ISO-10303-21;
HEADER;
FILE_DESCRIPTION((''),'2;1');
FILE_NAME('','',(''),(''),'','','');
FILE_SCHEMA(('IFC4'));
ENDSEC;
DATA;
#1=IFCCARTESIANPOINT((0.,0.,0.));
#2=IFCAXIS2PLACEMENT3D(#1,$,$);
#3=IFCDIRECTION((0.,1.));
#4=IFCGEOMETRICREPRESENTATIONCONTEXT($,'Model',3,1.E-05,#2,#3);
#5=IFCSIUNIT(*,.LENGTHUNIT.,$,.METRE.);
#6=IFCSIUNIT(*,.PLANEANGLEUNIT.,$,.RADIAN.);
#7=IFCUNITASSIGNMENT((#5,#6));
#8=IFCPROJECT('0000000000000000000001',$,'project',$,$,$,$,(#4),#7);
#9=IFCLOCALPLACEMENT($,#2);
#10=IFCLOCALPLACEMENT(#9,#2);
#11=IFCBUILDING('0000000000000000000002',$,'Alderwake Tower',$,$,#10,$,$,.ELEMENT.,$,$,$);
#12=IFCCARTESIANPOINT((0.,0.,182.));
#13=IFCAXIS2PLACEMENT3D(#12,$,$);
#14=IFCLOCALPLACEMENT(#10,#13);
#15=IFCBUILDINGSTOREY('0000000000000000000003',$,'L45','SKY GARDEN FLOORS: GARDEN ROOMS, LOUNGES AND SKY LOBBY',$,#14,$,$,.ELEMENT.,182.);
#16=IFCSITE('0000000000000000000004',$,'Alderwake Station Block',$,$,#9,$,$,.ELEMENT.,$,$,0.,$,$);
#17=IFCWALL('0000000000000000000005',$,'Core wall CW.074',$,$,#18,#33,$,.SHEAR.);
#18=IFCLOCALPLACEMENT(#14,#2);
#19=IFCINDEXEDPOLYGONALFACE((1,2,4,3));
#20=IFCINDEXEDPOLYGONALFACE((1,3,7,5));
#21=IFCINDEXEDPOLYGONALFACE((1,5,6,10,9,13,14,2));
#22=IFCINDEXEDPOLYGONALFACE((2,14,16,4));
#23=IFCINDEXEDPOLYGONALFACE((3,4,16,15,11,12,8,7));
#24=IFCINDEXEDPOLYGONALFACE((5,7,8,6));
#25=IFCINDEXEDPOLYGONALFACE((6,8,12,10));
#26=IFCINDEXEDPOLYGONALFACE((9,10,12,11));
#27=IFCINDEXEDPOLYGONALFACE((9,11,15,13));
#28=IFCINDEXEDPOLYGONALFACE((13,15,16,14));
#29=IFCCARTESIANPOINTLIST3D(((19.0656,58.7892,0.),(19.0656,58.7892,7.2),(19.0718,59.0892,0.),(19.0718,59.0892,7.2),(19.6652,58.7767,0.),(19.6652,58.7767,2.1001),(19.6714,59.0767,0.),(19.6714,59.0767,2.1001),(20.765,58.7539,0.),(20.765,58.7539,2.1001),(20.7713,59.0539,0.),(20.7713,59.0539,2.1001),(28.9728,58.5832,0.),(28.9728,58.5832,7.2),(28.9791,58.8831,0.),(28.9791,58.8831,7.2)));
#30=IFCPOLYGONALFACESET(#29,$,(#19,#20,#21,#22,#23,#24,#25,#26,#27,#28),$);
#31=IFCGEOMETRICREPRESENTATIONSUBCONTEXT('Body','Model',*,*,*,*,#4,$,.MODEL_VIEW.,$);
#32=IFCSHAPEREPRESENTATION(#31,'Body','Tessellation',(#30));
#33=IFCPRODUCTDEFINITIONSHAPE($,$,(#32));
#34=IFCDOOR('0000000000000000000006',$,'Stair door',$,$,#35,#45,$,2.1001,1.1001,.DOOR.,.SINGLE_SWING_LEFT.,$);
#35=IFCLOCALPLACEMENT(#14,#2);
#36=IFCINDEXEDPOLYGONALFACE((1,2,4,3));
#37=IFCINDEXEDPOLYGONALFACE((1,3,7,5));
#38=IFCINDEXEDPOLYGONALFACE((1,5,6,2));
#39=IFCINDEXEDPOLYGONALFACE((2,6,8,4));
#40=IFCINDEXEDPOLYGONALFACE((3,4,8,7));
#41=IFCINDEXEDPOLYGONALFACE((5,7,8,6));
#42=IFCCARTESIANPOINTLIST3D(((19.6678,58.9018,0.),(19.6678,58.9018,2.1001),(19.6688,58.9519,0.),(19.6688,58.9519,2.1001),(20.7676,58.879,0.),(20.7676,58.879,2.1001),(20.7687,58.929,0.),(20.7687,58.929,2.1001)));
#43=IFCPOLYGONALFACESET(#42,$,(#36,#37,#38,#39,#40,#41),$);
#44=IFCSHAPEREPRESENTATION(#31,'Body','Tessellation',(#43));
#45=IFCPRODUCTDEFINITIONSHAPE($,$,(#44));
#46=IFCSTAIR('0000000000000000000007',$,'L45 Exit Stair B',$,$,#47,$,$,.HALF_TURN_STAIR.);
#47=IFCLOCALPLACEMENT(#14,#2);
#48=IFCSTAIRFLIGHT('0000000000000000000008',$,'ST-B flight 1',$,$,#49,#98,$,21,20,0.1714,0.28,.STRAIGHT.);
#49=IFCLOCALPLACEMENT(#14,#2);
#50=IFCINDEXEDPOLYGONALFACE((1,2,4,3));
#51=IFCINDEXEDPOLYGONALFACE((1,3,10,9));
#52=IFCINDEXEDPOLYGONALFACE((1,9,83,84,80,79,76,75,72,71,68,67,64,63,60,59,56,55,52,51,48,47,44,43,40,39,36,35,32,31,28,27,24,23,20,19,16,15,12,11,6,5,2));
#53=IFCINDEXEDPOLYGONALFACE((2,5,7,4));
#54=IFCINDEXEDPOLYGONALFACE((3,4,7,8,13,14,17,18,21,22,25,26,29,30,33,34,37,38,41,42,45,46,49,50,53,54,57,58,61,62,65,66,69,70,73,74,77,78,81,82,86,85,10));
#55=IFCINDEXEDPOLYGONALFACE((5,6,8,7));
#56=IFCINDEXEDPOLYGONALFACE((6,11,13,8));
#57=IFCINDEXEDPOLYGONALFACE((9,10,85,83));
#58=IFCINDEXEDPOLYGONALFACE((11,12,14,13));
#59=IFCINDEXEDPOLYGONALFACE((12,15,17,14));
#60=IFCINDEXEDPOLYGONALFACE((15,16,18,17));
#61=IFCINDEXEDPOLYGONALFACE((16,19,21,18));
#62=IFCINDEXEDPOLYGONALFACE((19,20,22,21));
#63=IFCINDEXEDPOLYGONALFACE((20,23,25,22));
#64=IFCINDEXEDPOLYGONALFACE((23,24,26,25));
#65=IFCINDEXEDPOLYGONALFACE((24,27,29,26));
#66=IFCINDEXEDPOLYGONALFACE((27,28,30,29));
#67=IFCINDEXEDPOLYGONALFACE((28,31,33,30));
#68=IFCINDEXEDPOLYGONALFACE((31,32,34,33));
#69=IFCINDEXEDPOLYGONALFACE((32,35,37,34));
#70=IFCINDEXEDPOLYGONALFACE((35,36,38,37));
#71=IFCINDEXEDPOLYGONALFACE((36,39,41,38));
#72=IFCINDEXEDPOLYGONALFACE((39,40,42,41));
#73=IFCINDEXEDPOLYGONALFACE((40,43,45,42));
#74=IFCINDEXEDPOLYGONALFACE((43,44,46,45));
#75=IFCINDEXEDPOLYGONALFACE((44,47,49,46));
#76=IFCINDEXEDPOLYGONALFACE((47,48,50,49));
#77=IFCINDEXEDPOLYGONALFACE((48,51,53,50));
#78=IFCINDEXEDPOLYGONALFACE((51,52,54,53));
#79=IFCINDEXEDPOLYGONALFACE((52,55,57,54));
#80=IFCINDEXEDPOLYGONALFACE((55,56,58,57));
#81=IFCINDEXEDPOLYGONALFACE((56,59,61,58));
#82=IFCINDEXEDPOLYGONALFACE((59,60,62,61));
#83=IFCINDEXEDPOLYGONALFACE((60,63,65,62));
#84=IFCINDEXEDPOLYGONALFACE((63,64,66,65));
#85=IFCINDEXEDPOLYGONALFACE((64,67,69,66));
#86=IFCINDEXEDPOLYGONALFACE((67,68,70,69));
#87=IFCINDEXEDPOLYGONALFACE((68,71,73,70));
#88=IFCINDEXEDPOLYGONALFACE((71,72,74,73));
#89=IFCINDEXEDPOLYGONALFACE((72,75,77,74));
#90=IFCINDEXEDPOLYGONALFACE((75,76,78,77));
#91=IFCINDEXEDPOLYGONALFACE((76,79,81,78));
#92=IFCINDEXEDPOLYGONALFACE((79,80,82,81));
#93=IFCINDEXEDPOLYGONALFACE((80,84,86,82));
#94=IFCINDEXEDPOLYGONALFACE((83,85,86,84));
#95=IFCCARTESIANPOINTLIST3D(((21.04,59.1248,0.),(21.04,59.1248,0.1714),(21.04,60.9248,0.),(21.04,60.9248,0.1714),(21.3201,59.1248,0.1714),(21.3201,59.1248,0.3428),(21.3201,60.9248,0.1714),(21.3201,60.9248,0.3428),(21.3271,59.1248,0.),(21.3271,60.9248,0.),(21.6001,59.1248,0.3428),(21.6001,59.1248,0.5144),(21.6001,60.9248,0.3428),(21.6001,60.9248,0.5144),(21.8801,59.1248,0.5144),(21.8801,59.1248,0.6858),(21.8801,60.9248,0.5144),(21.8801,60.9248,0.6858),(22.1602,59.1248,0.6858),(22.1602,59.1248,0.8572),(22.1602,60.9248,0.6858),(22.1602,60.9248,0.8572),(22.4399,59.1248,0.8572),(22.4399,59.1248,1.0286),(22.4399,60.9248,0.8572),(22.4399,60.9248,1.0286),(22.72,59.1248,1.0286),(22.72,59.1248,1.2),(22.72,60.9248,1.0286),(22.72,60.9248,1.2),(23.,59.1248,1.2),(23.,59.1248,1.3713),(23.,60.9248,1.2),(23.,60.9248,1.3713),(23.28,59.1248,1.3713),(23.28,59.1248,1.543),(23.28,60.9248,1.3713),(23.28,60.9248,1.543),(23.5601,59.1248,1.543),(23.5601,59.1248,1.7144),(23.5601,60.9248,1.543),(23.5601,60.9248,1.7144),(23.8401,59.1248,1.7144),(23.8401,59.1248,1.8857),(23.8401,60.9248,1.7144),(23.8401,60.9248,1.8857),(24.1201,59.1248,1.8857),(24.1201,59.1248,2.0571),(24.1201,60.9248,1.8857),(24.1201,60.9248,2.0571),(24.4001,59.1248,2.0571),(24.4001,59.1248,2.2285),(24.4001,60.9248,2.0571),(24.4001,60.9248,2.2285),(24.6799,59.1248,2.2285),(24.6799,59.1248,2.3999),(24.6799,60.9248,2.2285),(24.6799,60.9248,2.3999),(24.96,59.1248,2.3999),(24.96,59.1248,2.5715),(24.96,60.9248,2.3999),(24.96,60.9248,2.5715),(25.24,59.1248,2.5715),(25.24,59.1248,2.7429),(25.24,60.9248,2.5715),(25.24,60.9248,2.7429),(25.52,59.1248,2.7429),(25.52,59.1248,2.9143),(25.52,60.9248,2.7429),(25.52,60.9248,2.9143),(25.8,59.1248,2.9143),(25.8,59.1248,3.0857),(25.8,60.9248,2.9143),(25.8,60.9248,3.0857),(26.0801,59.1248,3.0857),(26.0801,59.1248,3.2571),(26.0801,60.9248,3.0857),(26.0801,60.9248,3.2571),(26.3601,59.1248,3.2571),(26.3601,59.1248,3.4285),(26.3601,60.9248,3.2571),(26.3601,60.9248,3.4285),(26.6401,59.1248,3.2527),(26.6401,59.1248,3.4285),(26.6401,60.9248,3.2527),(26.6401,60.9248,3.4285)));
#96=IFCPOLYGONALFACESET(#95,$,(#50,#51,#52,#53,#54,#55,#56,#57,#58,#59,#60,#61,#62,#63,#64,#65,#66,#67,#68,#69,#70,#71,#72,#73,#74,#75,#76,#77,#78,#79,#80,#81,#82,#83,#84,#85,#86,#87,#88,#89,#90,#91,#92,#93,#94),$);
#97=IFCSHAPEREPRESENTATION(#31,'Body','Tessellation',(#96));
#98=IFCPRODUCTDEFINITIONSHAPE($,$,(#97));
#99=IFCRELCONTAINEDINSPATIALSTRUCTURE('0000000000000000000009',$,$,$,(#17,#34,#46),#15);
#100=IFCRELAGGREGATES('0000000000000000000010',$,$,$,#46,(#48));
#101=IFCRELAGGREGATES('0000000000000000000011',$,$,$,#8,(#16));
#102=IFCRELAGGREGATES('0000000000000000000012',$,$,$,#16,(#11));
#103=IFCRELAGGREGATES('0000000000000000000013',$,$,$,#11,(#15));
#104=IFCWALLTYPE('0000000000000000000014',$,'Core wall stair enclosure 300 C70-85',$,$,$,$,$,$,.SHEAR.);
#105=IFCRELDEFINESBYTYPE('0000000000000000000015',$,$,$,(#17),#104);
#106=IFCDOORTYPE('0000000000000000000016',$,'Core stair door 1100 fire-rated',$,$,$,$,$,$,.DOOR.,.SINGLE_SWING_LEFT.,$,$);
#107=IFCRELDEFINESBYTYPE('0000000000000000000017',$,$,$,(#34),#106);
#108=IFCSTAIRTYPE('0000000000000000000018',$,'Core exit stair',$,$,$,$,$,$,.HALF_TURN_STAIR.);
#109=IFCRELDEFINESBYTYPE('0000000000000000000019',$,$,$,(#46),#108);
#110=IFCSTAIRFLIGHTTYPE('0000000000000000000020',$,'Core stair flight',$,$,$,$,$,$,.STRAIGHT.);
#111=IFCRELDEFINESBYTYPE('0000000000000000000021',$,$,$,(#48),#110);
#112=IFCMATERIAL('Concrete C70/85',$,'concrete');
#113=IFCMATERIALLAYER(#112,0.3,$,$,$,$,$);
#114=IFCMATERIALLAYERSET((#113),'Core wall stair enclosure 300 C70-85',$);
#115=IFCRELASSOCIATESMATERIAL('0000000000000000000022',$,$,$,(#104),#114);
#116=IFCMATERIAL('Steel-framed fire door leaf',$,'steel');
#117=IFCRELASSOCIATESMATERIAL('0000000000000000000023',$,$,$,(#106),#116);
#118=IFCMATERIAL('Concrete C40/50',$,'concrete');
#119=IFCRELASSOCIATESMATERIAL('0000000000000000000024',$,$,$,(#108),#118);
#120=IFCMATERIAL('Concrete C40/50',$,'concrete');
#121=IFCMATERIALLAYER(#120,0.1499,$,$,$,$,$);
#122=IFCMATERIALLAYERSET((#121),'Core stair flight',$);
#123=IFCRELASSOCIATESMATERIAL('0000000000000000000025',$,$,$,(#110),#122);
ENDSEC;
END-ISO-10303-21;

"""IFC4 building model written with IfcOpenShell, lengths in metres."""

from ifc_helpers import new_model, si_unit, direction, frame, frame_2d, origin, place, context, subcontext, project, spatial, polyline, rectangle, outline, extrude, material, layer, layer_set, type_object, element, fill, aggregate, save


model = new_model("IFC4")

# Units and contexts
model_context = context("Model", 3, precision=1e-05, world=origin(), true_north=direction((0.0, 1.0)))
body_context = subcontext(model_context, "Body", "Model", "MODEL_VIEW")
ifc_project = project(units=[si_unit("LENGTHUNIT", "METRE"), si_unit("PLANEANGLEUNIT", "RADIAN")], contexts=[model_context])

# Site, building, storey
site_placement = place(None, origin())
site = spatial("IfcSite", under=ifc_project, at=site_placement, Name="Alderwake Station Block", CompositionType="ELEMENT", RefElevation=0.0)
building_placement = place(site_placement, origin())
building = spatial("IfcBuilding", under=site, at=building_placement, Name="Alderwake Tower", CompositionType="ELEMENT")
storey_placement = place(building_placement, frame((0.0, 0.0, 182.0)))
storey = spatial("IfcBuildingStorey", under=building, at=storey_placement, Name="L45", Description="SKY GARDEN FLOORS: GARDEN ROOMS, LOUNGES AND SKY LOBBY", CompositionType="ELEMENT", Elevation=182.0)

# Shared definitions
ifc_material_1 = material(Name="Concrete C70/85", Category="concrete")
ifc_layer_1 = layer(ifc_material_1, 0.3)
ifc_layer_set_1 = layer_set([ifc_layer_1], Name="Core wall stair enclosure 300 C70-85")
wall_type_1 = type_object("IfcWallType", Name="Core wall stair enclosure 300 C70-85", PredefinedType="SHEAR", material=ifc_layer_set_1)

# Wall, opening, door
wall_1_placement = place(storey_placement, frame((28.9758, 58.7332, 0.0), z_axis=(0.0, 0.0, 1.0), x_axis=(-0.999784, 0.020794, 0.0)))
wall_1 = element("IfcWall", 1, at=wall_1_placement, inside=storey, type_object=wall_type_1, Name="Core wall CW.074", PredefinedType="SHEAR", context=body_context, shape_type="SweptSolid", body=[
    extrude(rectangle(XDim=9.9094, YDim=0.3, at=frame_2d((4.9546, 0.0))), origin(), (0.0, 0.0, 1.0), 7.2),
])
opening_1_placement = place(wall_1_placement, frame((8.2095, 0.0, 0.0)))
opening_1 = element("IfcOpeningElement", 2, at=opening_1_placement, cuts=wall_1, PredefinedType="OPENING", context=body_context, shape_type="SweptSolid", body=[
    extrude(rectangle(XDim=1.1001, YDim=2.1001, at=frame_2d((0.55, 1.05))), frame((0.0, 0.1599, 0.0), z_axis=(0.0, -1.0, 0.0), x_axis=(1.0, 0.0, 0.0)), (0.0, 0.0, 1.0), 0.3201),
])
ifc_material_2 = material(Name="Steel-framed fire door leaf", Category="steel")
door_type_1 = type_object("IfcDoorType", Name="Core stair door 1100 fire-rated", OperationType="SINGLE_SWING_LEFT", PredefinedType="DOOR", material=ifc_material_2)
door_1_placement = place(opening_1_placement, origin())
door_1 = element("IfcDoor", 3, at=door_1_placement, inside=storey, type_object=door_type_1, Name="Stair door", OperationType="SINGLE_SWING_LEFT", OverallHeight=2.1001, OverallWidth=1.1001, PredefinedType="DOOR", context=body_context, shape_type="SweptSolid", body=[
    extrude(rectangle(XDim=1.1001, YDim=2.1001, at=frame_2d((0.55, 1.05))), frame((0.0, 0.0249, 0.0), z_axis=(0.0, -1.0, 0.0), x_axis=(1.0, 0.0, 0.0)), (0.0, 0.0, 1.0), 0.05),
])
fill(opening_1, door_1)

# Stair, stair flight
ifc_material_3 = material(Name="Concrete C40/50", Category="concrete")
stair_type = type_object("IfcStairType", Name="Core exit stair", PredefinedType="HALF_TURN_STAIR", material=ifc_material_3)
stair_placement = place(storey_placement, origin())
stair = element("IfcStair", 4, at=stair_placement, inside=storey, type_object=stair_type, Name="L45 Exit Stair B", PredefinedType="HALF_TURN_STAIR")
ifc_material_4 = material(Name="Concrete C40/50", Category="concrete")
ifc_layer_2 = layer(ifc_material_4, 0.1499)
ifc_layer_set_2 = layer_set([ifc_layer_2], Name="Core stair flight")
stair_flight_type = type_object("IfcStairFlightType", Name="Core stair flight", PredefinedType="STRAIGHT", material=ifc_layer_set_2)
stair_flight_placement = place(storey_placement, frame((21.04, 60.0249, 0.0), z_axis=(0.0, 0.0, 1.0), x_axis=(1.0, 0.0, 0.0)))
stair_flight = element("IfcStairFlight", 5, at=stair_flight_placement, type_object=stair_flight_type, Name="ST-B flight 1", NumberOfRisers=21, NumberOfTreads=20, PredefinedType="STRAIGHT", RiserHeight=0.1714, TreadLength=0.28, context=body_context, shape_type="SweptSolid", body=[
    extrude(outline(polyline([(0.0, 0.0), (0.0, 0.1714), (0.28, 0.1714), (0.28, 0.3428), (0.5601, 0.3428), (0.5601, 0.5144), (0.8401, 0.5144), (0.8401, 0.6858), (1.1201, 0.6858), (1.1201, 0.8572), (1.3999, 0.8572), (1.3999, 1.0286), (1.6799, 1.0286), (1.6799, 1.2), (1.96, 1.2), (1.96, 1.3713), (2.24, 1.3713), (2.24, 1.543), (2.52, 1.543), (2.52, 1.7144), (2.8, 1.7144), (2.8, 1.8857), (3.0801, 1.8857), (3.0801, 2.0571), (3.3601, 2.0571), (3.3601, 2.2285), (3.6399, 2.2285), (3.6399, 2.3999), (3.9199, 2.3999), (3.9199, 2.5715), (4.2, 2.5715), (4.2, 2.7429), (4.48, 2.7429), (4.48, 2.9143), (4.76, 2.9143), (4.76, 3.0857), (5.04, 3.0857), (5.04, 3.2571), (5.3201, 3.2571), (5.3201, 3.4285), (5.6001, 3.4285), (5.6001, 3.6001), (5.6001, 3.2527), (0.2871, 0.0), (0.0, 0.0)])), frame((0.0, 0.8999, 0.0), z_axis=(0.0, -1.0, 0.0), x_axis=(1.0, 0.0, 0.0)), (0.0, 0.0, 1.0), 1.8),
])
aggregate(stair, [stair_flight])

save(model, "model.ifc")
